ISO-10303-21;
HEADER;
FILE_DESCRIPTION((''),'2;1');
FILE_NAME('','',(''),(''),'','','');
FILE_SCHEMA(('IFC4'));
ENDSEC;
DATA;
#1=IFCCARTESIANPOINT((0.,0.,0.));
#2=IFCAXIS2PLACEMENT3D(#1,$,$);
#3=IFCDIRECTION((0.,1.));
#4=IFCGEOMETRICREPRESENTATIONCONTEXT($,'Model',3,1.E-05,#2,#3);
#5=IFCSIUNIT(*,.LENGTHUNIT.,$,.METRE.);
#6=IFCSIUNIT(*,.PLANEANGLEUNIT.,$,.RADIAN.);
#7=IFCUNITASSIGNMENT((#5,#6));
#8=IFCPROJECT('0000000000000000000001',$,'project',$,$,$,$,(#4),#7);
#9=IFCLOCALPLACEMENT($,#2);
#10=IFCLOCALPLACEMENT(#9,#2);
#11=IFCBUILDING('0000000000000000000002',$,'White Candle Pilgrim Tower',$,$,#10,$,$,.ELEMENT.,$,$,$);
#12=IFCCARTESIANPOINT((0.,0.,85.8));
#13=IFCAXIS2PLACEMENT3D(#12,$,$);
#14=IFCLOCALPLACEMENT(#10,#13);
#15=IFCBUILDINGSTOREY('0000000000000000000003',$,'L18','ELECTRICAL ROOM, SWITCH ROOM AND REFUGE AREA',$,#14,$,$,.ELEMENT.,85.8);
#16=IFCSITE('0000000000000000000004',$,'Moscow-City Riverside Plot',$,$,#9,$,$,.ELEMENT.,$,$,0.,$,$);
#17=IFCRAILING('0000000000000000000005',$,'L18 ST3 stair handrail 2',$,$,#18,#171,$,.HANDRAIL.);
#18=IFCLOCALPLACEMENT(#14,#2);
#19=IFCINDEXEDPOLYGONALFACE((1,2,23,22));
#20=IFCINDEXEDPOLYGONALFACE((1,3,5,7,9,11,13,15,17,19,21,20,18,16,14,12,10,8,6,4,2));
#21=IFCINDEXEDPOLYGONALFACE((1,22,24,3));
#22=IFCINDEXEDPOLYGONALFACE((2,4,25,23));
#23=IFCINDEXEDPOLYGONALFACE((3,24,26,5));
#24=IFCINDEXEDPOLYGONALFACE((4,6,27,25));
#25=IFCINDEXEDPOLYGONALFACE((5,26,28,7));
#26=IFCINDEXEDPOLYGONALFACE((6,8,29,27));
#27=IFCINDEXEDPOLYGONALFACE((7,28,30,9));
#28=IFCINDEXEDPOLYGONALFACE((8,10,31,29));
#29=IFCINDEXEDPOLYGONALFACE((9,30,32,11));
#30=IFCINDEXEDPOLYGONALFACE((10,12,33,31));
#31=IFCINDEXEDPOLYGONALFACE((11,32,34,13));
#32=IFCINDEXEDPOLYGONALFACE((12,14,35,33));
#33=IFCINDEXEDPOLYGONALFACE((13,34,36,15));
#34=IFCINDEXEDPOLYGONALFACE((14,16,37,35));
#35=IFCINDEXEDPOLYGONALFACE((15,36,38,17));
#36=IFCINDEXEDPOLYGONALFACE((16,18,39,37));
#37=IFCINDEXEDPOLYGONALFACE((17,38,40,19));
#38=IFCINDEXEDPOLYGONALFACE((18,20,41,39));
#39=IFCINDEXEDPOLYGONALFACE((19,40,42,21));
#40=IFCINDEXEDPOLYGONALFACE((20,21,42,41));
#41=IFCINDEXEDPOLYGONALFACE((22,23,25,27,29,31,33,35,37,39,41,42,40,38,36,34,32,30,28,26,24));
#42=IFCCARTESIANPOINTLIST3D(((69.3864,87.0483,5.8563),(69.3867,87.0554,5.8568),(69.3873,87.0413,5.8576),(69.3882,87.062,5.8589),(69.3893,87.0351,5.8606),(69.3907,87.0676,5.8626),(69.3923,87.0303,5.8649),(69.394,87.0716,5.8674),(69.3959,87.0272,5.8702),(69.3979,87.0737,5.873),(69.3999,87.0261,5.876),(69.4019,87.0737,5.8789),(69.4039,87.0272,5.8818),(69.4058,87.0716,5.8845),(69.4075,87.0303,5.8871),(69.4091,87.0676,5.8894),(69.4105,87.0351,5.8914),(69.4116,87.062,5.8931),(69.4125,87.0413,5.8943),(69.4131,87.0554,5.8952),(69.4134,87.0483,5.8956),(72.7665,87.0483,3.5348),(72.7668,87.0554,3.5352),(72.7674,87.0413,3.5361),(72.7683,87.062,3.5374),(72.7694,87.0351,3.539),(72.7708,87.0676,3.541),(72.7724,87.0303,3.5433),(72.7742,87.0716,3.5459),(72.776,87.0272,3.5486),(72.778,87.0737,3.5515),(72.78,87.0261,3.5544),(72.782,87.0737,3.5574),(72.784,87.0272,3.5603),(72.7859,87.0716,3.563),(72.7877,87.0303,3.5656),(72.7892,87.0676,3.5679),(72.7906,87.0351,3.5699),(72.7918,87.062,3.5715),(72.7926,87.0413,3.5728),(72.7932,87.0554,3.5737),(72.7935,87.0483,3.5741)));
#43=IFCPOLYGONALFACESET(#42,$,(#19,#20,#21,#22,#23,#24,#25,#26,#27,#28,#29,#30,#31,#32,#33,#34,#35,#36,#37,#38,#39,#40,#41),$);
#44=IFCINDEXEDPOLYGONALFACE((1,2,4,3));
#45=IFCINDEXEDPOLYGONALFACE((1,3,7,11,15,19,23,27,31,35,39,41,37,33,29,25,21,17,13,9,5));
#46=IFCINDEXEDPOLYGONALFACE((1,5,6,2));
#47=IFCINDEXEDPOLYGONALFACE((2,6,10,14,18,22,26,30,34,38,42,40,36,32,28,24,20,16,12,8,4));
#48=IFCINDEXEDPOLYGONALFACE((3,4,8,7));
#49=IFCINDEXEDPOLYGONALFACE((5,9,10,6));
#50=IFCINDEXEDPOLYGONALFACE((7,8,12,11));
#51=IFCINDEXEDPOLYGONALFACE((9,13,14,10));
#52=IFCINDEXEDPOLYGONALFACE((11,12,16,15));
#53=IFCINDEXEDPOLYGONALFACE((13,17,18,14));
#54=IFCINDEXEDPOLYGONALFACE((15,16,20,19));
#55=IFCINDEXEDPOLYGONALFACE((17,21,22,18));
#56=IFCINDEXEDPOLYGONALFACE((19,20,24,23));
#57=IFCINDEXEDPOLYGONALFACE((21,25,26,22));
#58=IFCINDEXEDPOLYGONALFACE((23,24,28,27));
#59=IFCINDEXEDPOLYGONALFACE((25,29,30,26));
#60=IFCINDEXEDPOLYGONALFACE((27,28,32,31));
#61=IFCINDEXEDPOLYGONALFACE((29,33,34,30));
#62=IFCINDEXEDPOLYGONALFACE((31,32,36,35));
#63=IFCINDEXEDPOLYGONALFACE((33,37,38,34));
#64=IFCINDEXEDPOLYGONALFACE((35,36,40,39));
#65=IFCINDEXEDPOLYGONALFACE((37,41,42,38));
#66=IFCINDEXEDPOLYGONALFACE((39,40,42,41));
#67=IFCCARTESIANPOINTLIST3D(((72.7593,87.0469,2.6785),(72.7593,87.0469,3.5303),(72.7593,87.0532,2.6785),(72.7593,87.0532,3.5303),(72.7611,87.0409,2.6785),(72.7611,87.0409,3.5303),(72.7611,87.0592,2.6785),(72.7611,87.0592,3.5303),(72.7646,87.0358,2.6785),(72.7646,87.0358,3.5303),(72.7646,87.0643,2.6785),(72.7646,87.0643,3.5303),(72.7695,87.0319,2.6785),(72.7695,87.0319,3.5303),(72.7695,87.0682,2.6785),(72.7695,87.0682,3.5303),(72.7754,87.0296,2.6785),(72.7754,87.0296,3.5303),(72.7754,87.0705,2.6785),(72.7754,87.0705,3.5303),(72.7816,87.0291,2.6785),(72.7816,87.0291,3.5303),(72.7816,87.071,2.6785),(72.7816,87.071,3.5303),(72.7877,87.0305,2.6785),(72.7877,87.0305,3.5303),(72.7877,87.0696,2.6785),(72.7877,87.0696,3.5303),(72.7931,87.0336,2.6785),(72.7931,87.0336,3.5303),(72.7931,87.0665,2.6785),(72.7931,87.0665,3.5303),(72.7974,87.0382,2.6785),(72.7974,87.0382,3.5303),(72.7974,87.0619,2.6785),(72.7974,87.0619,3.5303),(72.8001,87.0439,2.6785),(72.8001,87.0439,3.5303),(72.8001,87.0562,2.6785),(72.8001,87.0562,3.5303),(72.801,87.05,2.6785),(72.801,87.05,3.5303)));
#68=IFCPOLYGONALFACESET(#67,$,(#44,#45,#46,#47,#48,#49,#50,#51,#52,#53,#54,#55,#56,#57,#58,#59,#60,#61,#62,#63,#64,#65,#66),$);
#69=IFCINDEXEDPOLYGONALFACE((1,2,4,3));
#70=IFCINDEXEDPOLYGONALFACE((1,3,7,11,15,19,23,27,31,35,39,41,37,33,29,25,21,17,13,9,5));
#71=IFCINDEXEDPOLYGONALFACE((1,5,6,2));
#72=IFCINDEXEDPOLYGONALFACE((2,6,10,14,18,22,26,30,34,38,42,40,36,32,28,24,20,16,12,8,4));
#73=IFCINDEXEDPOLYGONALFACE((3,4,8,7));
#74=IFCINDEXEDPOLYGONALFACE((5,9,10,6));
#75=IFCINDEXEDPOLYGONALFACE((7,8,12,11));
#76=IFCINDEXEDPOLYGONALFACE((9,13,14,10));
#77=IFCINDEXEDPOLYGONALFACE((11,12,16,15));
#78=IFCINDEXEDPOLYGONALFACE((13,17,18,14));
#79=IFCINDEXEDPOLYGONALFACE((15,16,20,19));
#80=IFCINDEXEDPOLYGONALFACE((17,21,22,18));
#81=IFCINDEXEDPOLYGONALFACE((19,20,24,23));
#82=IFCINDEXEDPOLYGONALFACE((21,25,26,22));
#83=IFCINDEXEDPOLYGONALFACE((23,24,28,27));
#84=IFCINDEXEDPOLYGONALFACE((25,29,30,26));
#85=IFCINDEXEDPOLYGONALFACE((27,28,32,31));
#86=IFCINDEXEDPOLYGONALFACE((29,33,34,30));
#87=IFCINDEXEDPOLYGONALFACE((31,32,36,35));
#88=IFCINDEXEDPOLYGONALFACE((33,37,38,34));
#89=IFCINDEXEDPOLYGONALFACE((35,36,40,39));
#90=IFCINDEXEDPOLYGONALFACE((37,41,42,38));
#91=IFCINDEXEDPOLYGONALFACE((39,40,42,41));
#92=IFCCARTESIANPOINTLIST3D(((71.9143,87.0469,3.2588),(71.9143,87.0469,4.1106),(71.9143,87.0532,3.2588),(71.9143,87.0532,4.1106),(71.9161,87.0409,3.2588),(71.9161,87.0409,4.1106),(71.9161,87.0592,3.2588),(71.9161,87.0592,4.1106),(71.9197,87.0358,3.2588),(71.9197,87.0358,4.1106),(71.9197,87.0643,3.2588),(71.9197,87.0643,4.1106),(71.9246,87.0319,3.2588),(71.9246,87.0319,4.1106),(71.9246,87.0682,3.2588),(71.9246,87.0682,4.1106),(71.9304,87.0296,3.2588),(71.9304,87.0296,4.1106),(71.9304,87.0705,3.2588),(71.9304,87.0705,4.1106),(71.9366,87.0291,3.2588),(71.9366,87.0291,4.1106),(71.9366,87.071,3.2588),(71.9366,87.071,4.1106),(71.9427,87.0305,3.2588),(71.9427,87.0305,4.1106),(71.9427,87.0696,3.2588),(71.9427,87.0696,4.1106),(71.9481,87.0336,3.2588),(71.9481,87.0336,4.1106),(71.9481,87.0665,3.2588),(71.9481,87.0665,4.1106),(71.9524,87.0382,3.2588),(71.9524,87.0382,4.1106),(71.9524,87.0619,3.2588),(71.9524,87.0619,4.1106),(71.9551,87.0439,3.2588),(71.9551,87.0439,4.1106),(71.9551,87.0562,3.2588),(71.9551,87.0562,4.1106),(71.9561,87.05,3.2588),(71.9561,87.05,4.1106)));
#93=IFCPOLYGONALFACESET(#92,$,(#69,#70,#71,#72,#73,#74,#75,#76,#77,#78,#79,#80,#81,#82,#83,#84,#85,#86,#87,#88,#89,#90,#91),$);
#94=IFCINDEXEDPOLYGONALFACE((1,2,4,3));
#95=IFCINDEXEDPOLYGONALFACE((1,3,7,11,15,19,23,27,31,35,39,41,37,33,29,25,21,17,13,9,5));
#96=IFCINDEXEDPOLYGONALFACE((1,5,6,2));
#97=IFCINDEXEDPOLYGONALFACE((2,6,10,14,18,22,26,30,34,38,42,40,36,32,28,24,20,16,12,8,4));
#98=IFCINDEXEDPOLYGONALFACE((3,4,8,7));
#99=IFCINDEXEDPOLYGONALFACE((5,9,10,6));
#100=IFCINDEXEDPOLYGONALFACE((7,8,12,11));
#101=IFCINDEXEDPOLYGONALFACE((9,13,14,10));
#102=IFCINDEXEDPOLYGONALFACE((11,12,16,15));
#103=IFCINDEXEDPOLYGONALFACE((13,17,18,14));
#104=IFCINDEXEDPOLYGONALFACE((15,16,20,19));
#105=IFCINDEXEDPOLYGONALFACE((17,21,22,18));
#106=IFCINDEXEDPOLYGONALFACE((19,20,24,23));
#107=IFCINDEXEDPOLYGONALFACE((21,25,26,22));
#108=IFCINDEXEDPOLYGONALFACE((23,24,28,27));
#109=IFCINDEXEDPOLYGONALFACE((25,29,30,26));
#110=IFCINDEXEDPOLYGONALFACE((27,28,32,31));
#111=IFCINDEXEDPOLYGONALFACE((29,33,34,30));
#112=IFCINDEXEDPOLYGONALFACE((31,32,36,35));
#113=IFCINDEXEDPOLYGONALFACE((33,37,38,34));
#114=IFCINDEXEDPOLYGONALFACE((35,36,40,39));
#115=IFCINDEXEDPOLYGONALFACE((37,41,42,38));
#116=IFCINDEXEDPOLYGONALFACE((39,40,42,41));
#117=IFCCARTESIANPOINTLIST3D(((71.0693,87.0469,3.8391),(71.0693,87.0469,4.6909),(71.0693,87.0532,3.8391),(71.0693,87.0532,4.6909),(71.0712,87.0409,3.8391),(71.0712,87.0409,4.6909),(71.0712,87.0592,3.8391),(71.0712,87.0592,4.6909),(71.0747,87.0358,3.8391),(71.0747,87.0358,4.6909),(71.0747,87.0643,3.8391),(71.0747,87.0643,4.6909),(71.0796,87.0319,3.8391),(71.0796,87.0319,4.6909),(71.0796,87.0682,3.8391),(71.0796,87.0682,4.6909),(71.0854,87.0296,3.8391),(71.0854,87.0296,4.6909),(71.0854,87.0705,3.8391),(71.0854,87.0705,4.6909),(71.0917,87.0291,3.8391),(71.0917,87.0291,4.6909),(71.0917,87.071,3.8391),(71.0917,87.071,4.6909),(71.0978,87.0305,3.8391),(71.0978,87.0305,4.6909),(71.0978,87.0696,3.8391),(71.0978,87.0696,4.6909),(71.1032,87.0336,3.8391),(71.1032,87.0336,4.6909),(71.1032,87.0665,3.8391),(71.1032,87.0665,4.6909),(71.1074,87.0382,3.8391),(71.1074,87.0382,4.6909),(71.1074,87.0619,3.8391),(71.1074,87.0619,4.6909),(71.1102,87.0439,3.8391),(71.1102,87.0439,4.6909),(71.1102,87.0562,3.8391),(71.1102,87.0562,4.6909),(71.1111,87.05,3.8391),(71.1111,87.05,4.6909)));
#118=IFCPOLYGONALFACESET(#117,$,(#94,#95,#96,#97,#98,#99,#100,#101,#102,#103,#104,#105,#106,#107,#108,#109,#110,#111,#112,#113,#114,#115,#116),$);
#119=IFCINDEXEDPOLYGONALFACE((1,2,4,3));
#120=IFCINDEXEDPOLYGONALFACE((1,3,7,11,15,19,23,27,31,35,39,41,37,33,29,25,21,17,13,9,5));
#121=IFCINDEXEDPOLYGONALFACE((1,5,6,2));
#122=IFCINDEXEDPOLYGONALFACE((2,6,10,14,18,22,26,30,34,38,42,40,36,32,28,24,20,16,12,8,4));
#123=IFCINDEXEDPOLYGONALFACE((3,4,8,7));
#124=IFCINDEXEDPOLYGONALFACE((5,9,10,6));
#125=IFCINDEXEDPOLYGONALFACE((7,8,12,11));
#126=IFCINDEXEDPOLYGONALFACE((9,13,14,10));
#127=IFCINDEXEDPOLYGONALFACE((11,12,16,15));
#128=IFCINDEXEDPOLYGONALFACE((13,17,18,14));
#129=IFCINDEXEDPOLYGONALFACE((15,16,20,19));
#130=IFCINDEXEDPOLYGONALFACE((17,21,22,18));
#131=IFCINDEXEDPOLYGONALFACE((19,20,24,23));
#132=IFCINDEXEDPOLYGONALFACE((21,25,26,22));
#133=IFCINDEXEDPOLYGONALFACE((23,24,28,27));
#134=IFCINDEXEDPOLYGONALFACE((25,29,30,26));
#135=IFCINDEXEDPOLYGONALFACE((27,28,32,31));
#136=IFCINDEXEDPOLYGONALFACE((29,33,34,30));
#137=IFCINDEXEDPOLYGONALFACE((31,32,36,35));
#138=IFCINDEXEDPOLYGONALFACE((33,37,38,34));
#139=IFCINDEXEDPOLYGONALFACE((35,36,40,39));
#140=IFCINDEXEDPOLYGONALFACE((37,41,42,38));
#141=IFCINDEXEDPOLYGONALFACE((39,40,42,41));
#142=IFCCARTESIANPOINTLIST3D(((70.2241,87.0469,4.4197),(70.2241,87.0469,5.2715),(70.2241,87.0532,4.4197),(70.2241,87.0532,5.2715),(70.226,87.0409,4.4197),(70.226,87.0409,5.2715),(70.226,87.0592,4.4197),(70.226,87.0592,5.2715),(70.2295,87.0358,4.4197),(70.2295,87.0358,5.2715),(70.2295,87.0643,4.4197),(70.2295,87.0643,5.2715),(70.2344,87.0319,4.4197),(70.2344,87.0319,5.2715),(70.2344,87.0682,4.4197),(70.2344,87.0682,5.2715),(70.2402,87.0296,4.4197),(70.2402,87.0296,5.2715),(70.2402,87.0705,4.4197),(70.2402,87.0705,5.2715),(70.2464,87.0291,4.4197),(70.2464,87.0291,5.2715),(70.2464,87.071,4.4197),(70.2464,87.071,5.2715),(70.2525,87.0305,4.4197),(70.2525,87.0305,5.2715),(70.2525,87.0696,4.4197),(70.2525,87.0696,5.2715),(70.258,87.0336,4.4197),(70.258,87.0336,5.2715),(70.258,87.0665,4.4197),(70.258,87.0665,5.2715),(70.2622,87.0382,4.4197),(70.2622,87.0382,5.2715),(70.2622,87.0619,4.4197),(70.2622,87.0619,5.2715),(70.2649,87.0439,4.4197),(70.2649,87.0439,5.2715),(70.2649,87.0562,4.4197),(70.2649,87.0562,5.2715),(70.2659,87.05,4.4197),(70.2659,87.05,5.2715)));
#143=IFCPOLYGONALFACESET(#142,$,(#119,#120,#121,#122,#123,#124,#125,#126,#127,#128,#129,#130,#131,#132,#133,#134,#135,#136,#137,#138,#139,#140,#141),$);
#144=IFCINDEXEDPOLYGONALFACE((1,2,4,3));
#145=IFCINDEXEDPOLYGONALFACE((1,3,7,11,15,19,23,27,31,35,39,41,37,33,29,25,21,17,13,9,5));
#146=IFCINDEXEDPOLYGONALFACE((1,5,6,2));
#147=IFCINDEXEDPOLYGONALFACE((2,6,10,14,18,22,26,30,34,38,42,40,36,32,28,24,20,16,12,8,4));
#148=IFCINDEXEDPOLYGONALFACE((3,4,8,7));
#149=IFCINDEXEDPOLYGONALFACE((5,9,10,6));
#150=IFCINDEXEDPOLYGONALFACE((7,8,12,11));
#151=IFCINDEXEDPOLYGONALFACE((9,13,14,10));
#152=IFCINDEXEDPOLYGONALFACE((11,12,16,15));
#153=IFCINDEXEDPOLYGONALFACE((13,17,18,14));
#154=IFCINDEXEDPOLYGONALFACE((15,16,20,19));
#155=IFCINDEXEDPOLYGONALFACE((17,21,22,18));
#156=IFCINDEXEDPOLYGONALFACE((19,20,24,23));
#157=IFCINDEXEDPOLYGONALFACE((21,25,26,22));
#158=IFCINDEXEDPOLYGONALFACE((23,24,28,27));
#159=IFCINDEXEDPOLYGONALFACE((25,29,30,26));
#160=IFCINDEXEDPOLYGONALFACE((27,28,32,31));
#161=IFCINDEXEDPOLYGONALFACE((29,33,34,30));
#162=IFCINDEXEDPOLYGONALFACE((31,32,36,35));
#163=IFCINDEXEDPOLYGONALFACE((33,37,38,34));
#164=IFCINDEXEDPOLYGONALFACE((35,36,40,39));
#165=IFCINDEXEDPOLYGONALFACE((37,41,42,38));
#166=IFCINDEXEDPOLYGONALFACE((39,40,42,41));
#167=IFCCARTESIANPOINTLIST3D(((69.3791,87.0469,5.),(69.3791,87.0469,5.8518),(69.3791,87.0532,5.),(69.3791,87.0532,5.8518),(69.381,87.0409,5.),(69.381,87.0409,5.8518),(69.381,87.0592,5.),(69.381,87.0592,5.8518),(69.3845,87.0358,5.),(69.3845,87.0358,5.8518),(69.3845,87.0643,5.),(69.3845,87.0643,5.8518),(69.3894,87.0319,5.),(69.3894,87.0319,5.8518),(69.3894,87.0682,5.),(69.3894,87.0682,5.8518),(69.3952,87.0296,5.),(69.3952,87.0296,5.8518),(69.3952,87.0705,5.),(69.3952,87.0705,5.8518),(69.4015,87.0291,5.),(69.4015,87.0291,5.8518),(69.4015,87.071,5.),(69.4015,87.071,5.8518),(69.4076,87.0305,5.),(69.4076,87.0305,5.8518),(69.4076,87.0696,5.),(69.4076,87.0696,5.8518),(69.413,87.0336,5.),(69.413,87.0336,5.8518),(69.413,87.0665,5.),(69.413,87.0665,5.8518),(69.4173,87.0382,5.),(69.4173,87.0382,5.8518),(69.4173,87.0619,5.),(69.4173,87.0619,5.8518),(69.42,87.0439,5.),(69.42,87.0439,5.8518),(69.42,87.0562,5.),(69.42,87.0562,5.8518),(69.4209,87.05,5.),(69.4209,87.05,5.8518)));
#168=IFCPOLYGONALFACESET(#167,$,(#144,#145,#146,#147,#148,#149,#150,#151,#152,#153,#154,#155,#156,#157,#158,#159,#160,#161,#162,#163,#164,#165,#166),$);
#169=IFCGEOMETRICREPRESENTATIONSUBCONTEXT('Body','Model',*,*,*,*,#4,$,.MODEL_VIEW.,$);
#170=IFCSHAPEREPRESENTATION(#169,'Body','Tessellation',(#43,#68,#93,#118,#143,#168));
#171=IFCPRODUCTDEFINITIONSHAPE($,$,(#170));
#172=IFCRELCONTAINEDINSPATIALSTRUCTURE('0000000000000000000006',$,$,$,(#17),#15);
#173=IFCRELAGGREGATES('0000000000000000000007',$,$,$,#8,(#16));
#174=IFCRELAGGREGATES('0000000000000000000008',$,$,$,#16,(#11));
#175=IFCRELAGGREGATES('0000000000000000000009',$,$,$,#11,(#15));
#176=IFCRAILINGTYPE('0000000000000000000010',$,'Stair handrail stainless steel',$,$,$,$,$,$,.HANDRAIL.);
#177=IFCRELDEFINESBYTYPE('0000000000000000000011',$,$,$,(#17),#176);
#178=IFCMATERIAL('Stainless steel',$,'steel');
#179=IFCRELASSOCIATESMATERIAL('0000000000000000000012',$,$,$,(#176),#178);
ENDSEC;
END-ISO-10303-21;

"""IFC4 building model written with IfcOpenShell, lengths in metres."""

from ifc_helpers import new_model, si_unit, direction, frame, origin, origin_2d, place, context, subcontext, project, spatial, circle, extrude, material, type_object, element, save


model = new_model("IFC4")

# Units and contexts
model_context = context("Model", 3, precision=1e-05, world=origin(), true_north=direction((0.0, 1.0)))
body_context = subcontext(model_context, "Body", "Model", "MODEL_VIEW")
ifc_project = project(units=[si_unit("LENGTHUNIT", "METRE"), si_unit("PLANEANGLEUNIT", "RADIAN")], contexts=[model_context])

# Site, building, storey
site_placement = place(None, origin())
site = spatial("IfcSite", under=ifc_project, at=site_placement, Name="Moscow-City Riverside Plot", CompositionType="ELEMENT", RefElevation=0.0)
building_placement = place(site_placement, origin())
building = spatial("IfcBuilding", under=site, at=building_placement, Name="White Candle Pilgrim Tower", CompositionType="ELEMENT")
storey_placement = place(building_placement, frame((0.0, 0.0, 85.8)))
storey = spatial("IfcBuildingStorey", under=building, at=storey_placement, Name="L18", Description="ELECTRICAL ROOM, SWITCH ROOM AND REFUGE AREA", CompositionType="ELEMENT", Elevation=85.8)

# Railing
ifc_material_1 = material(Name="Stainless steel", Category="steel")
railing_type_1 = type_object("IfcRailingType", Name="Stair handrail stainless steel", PredefinedType="HANDRAIL", material=ifc_material_1)
railing_1_placement = place(storey_placement, frame((72.78, 87.05, 2.6785)))
element("IfcRailing", 1, at=railing_1_placement, inside=storey, type_object=railing_type_1, Name="L18 ST3 stair handrail 2", PredefinedType="HANDRAIL", context=body_context, shape_type="SweptSolid", body=[
    extrude(circle(Radius=0.0239, at=origin_2d()), frame((0.0, 0.0, 0.876), z_axis=(-0.824304, 0.0, 0.566147), x_axis=(0.0, -1.0, 0.0)), (0.0, 0.0, 1.0), 4.1006),
    extrude(circle(Radius=0.021, at=origin_2d()), origin(), (0.0, 0.0, 1.0), 0.8518),
    extrude(circle(Radius=0.021, at=origin_2d()), frame((-0.845, 0.0, 0.5803)), (0.0, 0.0, 1.0), 0.8518),
    extrude(circle(Radius=0.021, at=origin_2d()), frame((-1.6899, 0.0, 1.1606)), (0.0, 0.0, 1.0), 0.8518),
    extrude(circle(Radius=0.021, at=origin_2d()), frame((-2.5352, 0.0, 1.7412)), (0.0, 0.0, 1.0), 0.8518),
    extrude(circle(Radius=0.021, at=origin_2d()), frame((-3.3801, 0.0, 2.3215)), (0.0, 0.0, 1.0), 0.8518),
])

save(model, "model.ifc")
